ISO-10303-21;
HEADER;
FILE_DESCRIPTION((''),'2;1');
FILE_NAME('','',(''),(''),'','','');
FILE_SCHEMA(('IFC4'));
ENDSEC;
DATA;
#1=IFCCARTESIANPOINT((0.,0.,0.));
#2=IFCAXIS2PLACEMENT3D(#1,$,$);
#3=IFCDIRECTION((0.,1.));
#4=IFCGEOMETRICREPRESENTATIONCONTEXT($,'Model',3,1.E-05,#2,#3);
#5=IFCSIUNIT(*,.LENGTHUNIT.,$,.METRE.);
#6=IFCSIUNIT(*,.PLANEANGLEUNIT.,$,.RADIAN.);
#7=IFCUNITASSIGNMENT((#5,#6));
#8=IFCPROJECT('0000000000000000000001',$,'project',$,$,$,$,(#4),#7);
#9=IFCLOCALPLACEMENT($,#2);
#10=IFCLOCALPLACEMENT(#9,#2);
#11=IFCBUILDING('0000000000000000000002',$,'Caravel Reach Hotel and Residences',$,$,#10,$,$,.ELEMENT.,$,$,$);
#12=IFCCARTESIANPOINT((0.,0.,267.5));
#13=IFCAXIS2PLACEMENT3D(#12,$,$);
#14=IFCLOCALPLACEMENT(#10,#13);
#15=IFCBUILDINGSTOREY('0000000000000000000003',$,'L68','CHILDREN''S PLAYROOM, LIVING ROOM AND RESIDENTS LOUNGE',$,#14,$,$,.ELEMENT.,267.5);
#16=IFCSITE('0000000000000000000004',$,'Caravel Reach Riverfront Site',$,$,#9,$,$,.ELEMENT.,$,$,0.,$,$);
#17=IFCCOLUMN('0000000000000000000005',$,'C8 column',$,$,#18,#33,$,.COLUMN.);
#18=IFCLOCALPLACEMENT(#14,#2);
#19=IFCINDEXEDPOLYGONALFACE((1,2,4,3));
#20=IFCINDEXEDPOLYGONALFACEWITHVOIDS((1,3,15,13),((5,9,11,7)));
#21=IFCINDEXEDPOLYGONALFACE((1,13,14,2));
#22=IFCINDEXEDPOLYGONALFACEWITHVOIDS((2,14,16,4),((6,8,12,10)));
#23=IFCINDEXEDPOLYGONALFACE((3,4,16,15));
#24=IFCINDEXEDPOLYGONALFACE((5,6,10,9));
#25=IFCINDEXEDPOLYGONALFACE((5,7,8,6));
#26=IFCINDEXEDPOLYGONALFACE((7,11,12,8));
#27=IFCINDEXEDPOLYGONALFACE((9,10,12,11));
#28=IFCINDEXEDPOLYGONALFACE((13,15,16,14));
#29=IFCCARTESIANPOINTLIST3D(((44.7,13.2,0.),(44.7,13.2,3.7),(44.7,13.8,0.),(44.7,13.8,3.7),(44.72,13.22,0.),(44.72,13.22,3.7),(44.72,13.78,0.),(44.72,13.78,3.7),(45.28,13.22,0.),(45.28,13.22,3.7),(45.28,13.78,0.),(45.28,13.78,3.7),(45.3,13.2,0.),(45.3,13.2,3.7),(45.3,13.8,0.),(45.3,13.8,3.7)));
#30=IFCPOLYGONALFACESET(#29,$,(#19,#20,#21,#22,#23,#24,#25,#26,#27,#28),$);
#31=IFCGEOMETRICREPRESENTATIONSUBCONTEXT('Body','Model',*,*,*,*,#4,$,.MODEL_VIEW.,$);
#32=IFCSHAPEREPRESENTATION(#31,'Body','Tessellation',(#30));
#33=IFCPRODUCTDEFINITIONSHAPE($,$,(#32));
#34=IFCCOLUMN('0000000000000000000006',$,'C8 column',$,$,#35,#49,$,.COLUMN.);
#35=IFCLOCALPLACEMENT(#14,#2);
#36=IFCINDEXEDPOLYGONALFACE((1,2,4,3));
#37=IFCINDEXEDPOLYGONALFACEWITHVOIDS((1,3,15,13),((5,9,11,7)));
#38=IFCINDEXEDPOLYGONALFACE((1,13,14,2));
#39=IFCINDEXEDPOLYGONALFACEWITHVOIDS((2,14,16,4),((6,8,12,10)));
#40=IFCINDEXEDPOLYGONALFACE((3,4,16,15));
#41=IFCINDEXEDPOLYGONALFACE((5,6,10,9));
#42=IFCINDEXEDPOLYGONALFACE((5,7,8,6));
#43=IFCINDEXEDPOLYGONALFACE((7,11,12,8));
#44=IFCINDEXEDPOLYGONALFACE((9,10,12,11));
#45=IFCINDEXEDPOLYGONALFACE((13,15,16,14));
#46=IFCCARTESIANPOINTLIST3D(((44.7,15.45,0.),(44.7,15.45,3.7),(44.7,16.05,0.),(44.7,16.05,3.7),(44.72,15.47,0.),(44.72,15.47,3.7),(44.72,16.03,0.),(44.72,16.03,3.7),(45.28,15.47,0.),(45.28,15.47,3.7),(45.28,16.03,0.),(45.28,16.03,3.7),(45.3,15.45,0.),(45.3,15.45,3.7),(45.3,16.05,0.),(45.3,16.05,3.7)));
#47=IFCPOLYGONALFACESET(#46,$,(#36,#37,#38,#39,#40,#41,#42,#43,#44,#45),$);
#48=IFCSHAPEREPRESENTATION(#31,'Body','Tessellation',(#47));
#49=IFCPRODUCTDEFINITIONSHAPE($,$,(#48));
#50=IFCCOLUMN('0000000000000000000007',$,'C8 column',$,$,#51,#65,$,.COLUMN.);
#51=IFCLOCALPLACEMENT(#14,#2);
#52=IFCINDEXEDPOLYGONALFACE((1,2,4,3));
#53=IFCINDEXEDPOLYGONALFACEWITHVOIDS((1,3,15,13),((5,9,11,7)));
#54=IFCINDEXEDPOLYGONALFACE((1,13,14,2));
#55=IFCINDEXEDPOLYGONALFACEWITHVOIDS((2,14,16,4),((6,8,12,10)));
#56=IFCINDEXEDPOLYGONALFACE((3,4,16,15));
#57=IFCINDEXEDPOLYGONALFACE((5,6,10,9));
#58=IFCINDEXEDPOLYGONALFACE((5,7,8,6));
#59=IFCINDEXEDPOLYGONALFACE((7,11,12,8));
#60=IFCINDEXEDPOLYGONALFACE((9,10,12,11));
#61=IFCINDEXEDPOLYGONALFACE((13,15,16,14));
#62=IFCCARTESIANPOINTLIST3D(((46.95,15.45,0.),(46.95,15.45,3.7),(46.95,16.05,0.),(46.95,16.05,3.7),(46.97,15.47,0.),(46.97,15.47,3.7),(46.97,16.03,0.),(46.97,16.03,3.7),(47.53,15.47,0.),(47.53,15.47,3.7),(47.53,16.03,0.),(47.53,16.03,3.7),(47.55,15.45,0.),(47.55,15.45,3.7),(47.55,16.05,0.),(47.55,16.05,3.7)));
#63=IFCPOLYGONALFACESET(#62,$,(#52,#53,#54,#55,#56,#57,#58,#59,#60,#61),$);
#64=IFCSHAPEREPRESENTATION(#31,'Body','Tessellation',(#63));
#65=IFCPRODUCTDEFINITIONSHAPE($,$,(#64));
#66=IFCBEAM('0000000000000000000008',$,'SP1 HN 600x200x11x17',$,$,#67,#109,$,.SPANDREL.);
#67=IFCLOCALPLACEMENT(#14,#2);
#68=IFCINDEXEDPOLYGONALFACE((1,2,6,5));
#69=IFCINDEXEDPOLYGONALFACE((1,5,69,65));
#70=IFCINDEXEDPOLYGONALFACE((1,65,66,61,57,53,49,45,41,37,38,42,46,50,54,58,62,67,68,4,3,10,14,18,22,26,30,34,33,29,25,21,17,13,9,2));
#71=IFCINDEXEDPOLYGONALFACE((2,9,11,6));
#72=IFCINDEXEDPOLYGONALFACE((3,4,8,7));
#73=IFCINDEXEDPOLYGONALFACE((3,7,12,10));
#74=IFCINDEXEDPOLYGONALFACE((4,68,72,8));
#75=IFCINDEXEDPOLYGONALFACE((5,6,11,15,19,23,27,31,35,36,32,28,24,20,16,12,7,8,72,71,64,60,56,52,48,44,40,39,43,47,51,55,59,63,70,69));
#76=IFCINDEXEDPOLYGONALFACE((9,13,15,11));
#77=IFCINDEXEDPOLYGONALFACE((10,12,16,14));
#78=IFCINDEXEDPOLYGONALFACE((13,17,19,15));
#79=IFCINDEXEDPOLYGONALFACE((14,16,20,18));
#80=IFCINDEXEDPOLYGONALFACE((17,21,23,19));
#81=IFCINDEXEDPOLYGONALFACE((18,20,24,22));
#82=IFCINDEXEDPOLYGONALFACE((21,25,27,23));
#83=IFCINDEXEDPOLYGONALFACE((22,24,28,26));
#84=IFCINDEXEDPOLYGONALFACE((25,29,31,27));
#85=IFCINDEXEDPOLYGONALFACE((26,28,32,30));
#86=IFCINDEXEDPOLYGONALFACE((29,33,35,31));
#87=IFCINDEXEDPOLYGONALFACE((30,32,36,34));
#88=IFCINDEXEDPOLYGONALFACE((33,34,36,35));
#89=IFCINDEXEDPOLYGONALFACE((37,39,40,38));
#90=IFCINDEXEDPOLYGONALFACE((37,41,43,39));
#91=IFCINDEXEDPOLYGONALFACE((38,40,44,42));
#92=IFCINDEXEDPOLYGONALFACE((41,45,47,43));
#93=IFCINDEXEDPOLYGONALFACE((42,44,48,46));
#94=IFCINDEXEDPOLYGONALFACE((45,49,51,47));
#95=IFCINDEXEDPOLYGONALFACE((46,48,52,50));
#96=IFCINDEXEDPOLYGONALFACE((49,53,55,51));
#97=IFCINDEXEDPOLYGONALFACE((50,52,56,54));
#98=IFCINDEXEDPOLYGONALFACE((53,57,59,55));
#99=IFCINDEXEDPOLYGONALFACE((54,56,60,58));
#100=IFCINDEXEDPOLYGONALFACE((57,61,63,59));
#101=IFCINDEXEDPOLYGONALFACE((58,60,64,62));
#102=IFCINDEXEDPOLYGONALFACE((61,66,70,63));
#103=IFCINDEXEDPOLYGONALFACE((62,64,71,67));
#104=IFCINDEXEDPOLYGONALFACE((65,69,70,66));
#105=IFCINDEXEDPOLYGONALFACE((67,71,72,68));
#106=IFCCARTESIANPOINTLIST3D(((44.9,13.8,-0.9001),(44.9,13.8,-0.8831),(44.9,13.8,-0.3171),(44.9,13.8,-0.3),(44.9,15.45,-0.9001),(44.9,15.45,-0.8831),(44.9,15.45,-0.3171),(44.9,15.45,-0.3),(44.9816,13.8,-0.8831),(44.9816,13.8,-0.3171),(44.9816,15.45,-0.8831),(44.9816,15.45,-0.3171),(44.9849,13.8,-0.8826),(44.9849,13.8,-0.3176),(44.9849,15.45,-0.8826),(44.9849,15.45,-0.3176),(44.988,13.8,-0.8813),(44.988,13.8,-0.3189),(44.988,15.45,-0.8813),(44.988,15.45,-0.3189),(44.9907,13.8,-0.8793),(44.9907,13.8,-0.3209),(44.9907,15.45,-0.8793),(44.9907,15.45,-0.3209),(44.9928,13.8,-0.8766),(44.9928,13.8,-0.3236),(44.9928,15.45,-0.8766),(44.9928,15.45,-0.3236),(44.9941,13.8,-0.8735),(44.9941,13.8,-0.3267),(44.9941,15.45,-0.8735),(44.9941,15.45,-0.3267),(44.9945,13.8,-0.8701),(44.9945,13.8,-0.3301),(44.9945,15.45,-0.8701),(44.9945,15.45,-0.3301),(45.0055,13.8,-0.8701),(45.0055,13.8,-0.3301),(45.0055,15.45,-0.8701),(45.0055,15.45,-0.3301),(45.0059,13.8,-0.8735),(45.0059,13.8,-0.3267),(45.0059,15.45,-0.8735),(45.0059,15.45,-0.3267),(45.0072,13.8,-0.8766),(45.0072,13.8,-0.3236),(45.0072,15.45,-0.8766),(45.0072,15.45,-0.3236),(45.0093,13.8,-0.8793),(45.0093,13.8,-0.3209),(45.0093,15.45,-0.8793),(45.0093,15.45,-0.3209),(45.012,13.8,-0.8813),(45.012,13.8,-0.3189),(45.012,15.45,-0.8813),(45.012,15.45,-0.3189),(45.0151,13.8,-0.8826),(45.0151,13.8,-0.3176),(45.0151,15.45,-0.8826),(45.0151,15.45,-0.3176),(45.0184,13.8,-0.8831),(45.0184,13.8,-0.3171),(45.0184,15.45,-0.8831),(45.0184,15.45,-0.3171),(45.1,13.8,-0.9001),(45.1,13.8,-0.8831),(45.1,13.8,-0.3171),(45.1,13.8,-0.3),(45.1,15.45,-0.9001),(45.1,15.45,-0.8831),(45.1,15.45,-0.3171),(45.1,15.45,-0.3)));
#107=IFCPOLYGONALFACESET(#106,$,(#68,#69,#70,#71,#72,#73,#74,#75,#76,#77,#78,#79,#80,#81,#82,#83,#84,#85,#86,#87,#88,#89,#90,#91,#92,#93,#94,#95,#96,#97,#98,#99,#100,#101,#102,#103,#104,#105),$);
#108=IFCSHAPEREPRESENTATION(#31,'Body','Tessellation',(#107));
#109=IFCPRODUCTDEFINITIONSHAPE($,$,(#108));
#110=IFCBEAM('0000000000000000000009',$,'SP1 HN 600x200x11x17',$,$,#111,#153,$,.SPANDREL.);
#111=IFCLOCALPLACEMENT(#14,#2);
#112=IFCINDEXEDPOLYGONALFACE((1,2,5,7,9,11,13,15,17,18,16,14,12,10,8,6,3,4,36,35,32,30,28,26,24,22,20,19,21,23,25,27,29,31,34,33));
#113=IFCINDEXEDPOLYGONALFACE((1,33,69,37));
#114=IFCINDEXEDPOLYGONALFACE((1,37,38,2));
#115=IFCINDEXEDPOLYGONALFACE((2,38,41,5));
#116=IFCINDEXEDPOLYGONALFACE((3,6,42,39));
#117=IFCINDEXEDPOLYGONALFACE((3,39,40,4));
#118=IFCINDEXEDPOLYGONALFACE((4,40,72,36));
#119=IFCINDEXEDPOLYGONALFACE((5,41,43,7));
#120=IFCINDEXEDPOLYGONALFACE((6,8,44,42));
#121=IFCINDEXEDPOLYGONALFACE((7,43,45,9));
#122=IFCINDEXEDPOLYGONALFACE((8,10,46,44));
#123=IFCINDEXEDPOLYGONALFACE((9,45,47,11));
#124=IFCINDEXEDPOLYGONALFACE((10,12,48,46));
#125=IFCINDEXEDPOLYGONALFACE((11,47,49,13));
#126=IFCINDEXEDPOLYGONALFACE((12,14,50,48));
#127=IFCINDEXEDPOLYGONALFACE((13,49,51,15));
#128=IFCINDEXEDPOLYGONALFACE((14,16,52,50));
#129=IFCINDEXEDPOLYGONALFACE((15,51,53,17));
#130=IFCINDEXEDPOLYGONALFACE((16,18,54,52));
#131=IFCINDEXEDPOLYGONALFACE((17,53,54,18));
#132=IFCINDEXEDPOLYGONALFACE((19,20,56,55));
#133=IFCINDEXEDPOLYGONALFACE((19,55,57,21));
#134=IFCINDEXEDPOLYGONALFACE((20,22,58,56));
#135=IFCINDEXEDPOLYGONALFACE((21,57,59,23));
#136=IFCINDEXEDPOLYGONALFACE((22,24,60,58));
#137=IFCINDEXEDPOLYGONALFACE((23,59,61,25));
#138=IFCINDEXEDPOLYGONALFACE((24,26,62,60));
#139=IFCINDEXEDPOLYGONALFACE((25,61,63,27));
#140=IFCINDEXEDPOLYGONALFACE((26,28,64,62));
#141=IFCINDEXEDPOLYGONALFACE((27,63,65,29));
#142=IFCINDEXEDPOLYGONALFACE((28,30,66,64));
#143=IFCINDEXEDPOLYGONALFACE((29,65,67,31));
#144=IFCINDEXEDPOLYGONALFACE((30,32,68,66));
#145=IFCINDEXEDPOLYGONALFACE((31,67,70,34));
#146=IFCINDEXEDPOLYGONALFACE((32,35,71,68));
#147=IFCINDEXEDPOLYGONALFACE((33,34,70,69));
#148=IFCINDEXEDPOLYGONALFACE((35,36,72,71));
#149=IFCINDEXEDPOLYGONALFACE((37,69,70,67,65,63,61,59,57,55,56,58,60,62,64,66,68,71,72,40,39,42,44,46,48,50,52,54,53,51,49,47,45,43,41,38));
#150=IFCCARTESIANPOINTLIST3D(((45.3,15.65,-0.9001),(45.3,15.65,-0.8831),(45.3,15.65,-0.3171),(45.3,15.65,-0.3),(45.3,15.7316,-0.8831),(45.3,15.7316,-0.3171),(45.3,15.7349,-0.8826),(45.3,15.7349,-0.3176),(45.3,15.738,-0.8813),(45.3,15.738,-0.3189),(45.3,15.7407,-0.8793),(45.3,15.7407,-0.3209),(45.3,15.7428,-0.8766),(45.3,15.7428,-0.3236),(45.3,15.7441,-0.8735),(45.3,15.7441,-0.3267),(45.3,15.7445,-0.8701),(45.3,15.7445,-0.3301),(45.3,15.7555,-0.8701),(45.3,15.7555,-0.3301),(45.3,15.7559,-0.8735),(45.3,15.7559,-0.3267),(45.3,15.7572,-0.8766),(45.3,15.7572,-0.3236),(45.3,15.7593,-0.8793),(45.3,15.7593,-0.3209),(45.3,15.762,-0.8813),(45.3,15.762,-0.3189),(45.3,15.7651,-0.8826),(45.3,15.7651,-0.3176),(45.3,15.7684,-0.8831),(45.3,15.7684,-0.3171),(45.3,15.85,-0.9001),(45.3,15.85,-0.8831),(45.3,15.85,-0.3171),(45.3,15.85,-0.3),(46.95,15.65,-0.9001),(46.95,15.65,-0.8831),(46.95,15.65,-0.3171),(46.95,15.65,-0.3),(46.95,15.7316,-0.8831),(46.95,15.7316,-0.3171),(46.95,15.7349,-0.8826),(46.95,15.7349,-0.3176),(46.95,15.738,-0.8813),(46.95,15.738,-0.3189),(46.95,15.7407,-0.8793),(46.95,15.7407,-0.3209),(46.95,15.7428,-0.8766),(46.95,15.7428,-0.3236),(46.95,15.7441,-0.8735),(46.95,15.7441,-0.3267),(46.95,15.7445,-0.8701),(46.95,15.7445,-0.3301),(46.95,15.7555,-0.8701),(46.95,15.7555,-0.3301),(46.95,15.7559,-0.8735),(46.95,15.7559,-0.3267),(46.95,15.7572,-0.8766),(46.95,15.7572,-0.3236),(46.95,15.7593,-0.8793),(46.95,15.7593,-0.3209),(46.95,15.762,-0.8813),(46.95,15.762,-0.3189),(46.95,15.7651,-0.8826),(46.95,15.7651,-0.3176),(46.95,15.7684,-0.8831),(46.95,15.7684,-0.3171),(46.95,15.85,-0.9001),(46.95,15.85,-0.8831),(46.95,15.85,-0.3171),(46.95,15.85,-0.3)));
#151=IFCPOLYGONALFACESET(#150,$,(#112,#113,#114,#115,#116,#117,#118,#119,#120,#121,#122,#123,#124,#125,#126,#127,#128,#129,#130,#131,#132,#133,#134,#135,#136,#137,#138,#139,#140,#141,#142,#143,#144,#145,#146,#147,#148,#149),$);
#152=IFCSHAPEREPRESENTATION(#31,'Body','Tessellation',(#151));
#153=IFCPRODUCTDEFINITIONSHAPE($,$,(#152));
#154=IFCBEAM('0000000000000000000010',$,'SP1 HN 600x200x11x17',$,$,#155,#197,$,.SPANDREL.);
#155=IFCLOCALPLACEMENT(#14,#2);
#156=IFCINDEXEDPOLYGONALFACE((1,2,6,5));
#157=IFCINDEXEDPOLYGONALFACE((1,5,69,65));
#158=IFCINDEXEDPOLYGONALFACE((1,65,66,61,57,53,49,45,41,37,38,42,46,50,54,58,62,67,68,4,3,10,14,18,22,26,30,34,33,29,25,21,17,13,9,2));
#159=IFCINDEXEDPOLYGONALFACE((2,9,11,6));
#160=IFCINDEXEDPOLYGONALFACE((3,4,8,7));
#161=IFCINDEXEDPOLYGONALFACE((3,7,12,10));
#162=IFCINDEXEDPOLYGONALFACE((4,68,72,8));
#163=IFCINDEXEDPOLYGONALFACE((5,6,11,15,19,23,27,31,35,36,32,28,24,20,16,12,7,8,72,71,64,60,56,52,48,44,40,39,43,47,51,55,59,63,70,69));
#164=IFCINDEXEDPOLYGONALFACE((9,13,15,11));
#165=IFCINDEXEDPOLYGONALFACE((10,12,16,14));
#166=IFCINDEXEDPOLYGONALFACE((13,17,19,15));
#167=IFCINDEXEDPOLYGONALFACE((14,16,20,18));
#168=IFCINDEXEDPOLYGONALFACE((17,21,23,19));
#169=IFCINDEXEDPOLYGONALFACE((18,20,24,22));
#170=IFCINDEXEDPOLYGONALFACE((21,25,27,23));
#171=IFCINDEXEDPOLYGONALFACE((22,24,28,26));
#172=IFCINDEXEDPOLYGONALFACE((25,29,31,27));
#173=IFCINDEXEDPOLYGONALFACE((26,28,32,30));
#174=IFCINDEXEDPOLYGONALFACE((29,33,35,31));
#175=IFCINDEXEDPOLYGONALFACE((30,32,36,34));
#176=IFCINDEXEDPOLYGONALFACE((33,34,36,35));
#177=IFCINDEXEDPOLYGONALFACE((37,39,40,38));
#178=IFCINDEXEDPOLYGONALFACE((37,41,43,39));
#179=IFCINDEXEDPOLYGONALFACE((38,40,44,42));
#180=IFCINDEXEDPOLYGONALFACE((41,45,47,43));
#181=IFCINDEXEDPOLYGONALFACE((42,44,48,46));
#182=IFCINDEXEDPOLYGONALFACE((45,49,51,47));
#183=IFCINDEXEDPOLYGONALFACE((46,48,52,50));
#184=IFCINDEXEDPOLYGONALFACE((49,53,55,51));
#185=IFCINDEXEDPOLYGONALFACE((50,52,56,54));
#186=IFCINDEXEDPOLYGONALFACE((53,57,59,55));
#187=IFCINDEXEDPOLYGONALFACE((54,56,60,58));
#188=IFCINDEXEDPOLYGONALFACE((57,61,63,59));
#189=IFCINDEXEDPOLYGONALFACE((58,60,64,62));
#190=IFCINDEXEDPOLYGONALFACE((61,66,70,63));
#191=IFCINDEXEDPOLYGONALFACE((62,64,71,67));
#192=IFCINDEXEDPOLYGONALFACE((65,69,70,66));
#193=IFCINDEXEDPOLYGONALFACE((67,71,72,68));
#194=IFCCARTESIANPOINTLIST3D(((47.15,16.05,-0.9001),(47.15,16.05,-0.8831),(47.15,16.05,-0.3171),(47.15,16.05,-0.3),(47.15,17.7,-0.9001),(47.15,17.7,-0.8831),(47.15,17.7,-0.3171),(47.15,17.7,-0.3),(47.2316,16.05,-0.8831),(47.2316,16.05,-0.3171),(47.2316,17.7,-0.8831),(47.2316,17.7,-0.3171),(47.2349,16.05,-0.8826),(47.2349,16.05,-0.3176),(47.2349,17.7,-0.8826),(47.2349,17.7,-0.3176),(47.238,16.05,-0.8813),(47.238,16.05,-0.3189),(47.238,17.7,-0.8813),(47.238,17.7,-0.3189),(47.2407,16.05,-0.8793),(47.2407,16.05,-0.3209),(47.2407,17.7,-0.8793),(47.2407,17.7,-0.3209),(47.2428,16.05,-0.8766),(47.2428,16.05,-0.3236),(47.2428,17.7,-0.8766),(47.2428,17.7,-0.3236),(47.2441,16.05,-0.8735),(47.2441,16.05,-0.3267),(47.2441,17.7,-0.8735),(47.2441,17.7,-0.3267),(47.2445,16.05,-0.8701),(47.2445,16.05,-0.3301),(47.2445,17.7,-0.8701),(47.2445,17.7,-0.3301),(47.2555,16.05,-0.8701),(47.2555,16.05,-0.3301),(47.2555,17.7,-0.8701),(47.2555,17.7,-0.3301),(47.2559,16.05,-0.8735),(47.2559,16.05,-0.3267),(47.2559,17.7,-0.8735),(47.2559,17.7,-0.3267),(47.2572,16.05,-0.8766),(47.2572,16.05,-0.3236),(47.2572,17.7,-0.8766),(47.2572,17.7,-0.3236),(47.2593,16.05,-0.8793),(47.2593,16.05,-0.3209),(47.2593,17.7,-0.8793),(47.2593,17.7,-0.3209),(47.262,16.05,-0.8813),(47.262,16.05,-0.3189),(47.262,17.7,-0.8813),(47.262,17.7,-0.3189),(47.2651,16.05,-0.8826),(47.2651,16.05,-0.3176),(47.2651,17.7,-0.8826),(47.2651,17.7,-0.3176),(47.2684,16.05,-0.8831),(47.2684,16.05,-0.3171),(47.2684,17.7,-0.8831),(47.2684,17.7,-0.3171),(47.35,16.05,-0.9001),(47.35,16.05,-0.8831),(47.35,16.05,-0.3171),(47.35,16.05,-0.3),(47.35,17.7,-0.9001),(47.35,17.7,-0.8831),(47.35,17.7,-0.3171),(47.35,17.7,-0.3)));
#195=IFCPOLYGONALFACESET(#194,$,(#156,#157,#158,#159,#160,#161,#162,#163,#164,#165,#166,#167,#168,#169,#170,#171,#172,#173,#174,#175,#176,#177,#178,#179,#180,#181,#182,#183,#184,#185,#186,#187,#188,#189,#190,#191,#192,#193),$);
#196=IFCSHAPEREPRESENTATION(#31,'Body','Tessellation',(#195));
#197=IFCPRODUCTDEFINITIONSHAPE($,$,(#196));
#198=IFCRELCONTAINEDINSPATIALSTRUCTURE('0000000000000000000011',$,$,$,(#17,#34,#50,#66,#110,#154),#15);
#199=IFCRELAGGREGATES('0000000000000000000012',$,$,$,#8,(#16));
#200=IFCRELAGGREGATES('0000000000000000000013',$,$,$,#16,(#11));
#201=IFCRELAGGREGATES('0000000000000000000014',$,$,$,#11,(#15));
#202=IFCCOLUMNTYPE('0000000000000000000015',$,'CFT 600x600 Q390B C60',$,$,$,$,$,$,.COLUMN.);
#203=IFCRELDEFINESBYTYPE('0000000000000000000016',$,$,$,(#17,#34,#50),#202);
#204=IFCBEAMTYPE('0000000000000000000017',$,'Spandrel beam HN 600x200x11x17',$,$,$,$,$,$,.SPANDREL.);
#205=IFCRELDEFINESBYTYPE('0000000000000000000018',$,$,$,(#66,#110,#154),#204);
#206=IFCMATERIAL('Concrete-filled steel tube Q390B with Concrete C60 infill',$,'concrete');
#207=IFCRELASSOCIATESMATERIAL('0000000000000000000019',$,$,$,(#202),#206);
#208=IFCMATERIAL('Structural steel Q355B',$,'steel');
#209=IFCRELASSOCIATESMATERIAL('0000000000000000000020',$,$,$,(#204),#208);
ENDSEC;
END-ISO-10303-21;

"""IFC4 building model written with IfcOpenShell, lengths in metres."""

from ifc_helpers import new_model, si_unit, direction, frame, origin, origin_2d, place, context, subcontext, project, spatial, hollow_rectangle, i_section, extrude, material, material_profile, profile_set, type_object, element, save


model = new_model("IFC4")

# Units and contexts
model_context = context("Model", 3, precision=1e-05, world=origin(), true_north=direction((0.0, 1.0)))
body_context = subcontext(model_context, "Body", "Model", "MODEL_VIEW")
ifc_project = project(units=[si_unit("LENGTHUNIT", "METRE"), si_unit("PLANEANGLEUNIT", "RADIAN")], contexts=[model_context])

# Site, building, storey
site_placement = place(None, origin())
site = spatial("IfcSite", under=ifc_project, at=site_placement, Name="Caravel Reach Riverfront Site", CompositionType="ELEMENT", RefElevation=0.0)
building_placement = place(site_placement, origin())
building = spatial("IfcBuilding", under=site, at=building_placement, Name="Caravel Reach Hotel and Residences", CompositionType="ELEMENT")
storey_placement = place(building_placement, frame((0.0, 0.0, 267.5)))
storey = spatial("IfcBuildingStorey", under=building, at=storey_placement, Name="L68", Description="CHILDREN'S PLAYROOM, LIVING ROOM AND RESIDENTS LOUNGE", CompositionType="ELEMENT", Elevation=267.5)

# Columns
ifc_material_1 = material(Name="Concrete-filled steel tube Q390B with Concrete C60 infill", Category="concrete")
ifc_material_profile_1 = material_profile(ifc_material_1, hollow_rectangle(XDim=0.6001, YDim=0.6001, WallThickness=0.02, at=origin_2d()), Name="RHS 600x600x20")
ifc_profile_set_1 = profile_set([ifc_material_profile_1], Name="Concrete-filled steel tube Q390B with Concrete C60 infill")
column_type = type_object("IfcColumnType", Name="CFT 600x600 Q390B C60", PredefinedType="COLUMN", material=ifc_profile_set_1)
for number, where, z_axis, x_axis, name in (
    (1, (45.0, 13.5, 0.0), (0.0, 0.0, 1.0), (1.0, 0.0, 0.0), "C8 column"),
    (2, (45.0, 15.75, 0.0), (0.0, 0.0, 1.0), (1.0, 0.0, 0.0), "C8 column"),
    (3, (47.25, 15.75, 0.0), (0.0, 0.0, 1.0), (1.0, 0.0, 0.0), "C8 column"),
):
    element("IfcColumn", number, at=place(storey_placement, frame(where, z_axis=z_axis, x_axis=x_axis)), inside=storey, type_object=column_type, Name=name, PredefinedType="COLUMN", context=body_context, shape_type="SweptSolid", body=[
        extrude(hollow_rectangle(XDim=0.6001, YDim=0.6001, WallThickness=0.02, at=origin_2d()), origin(), (0.0, 0.0, 1.0), 3.7),
    ])

# Beams
ifc_material_2 = material(Name="Structural steel Q355B", Category="steel")
ifc_material_profile_2 = material_profile(ifc_material_2, i_section(OverallWidth=0.2, OverallDepth=0.6001, WebThickness=0.011, FlangeThickness=0.0171, FilletRadius=0.0129, at=origin_2d()), Name="HN 600x200x11x17")
ifc_profile_set_2 = profile_set([ifc_material_profile_2], Name="Structural steel Q355B")
beam_type = type_object("IfcBeamType", Name="Spandrel beam HN 600x200x11x17", PredefinedType="SPANDREL", material=ifc_profile_set_2)
for number, where, z_axis, x_axis, name in (
    (4, (45.0, 13.8, -0.6001), (0.0, 1.0, 0.0), (-1.0, 0.0, 0.0), "SP1 HN 600x200x11x17"),
    (5, (45.3, 15.75, -0.6001), (1.0, 0.0, 0.0), (0.0, 1.0, 0.0), "SP1 HN 600x200x11x17"),
    (6, (47.25, 16.05, -0.6001), (0.0, 1.0, 0.0), (-1.0, 0.0, 0.0), "SP1 HN 600x200x11x17"),
):
    element("IfcBeam", number, at=place(storey_placement, frame(where, z_axis=z_axis, x_axis=x_axis)), inside=storey, type_object=beam_type, Name=name, PredefinedType="SPANDREL", context=body_context, shape_type="SweptSolid", body=[
        extrude(i_section(OverallWidth=0.2, OverallDepth=0.6001, WebThickness=0.011, FlangeThickness=0.0171, FilletRadius=0.0129, at=origin_2d()), origin(), (0.0, 0.0, 1.0), 1.6499),
    ])

save(model, "model.ifc")
